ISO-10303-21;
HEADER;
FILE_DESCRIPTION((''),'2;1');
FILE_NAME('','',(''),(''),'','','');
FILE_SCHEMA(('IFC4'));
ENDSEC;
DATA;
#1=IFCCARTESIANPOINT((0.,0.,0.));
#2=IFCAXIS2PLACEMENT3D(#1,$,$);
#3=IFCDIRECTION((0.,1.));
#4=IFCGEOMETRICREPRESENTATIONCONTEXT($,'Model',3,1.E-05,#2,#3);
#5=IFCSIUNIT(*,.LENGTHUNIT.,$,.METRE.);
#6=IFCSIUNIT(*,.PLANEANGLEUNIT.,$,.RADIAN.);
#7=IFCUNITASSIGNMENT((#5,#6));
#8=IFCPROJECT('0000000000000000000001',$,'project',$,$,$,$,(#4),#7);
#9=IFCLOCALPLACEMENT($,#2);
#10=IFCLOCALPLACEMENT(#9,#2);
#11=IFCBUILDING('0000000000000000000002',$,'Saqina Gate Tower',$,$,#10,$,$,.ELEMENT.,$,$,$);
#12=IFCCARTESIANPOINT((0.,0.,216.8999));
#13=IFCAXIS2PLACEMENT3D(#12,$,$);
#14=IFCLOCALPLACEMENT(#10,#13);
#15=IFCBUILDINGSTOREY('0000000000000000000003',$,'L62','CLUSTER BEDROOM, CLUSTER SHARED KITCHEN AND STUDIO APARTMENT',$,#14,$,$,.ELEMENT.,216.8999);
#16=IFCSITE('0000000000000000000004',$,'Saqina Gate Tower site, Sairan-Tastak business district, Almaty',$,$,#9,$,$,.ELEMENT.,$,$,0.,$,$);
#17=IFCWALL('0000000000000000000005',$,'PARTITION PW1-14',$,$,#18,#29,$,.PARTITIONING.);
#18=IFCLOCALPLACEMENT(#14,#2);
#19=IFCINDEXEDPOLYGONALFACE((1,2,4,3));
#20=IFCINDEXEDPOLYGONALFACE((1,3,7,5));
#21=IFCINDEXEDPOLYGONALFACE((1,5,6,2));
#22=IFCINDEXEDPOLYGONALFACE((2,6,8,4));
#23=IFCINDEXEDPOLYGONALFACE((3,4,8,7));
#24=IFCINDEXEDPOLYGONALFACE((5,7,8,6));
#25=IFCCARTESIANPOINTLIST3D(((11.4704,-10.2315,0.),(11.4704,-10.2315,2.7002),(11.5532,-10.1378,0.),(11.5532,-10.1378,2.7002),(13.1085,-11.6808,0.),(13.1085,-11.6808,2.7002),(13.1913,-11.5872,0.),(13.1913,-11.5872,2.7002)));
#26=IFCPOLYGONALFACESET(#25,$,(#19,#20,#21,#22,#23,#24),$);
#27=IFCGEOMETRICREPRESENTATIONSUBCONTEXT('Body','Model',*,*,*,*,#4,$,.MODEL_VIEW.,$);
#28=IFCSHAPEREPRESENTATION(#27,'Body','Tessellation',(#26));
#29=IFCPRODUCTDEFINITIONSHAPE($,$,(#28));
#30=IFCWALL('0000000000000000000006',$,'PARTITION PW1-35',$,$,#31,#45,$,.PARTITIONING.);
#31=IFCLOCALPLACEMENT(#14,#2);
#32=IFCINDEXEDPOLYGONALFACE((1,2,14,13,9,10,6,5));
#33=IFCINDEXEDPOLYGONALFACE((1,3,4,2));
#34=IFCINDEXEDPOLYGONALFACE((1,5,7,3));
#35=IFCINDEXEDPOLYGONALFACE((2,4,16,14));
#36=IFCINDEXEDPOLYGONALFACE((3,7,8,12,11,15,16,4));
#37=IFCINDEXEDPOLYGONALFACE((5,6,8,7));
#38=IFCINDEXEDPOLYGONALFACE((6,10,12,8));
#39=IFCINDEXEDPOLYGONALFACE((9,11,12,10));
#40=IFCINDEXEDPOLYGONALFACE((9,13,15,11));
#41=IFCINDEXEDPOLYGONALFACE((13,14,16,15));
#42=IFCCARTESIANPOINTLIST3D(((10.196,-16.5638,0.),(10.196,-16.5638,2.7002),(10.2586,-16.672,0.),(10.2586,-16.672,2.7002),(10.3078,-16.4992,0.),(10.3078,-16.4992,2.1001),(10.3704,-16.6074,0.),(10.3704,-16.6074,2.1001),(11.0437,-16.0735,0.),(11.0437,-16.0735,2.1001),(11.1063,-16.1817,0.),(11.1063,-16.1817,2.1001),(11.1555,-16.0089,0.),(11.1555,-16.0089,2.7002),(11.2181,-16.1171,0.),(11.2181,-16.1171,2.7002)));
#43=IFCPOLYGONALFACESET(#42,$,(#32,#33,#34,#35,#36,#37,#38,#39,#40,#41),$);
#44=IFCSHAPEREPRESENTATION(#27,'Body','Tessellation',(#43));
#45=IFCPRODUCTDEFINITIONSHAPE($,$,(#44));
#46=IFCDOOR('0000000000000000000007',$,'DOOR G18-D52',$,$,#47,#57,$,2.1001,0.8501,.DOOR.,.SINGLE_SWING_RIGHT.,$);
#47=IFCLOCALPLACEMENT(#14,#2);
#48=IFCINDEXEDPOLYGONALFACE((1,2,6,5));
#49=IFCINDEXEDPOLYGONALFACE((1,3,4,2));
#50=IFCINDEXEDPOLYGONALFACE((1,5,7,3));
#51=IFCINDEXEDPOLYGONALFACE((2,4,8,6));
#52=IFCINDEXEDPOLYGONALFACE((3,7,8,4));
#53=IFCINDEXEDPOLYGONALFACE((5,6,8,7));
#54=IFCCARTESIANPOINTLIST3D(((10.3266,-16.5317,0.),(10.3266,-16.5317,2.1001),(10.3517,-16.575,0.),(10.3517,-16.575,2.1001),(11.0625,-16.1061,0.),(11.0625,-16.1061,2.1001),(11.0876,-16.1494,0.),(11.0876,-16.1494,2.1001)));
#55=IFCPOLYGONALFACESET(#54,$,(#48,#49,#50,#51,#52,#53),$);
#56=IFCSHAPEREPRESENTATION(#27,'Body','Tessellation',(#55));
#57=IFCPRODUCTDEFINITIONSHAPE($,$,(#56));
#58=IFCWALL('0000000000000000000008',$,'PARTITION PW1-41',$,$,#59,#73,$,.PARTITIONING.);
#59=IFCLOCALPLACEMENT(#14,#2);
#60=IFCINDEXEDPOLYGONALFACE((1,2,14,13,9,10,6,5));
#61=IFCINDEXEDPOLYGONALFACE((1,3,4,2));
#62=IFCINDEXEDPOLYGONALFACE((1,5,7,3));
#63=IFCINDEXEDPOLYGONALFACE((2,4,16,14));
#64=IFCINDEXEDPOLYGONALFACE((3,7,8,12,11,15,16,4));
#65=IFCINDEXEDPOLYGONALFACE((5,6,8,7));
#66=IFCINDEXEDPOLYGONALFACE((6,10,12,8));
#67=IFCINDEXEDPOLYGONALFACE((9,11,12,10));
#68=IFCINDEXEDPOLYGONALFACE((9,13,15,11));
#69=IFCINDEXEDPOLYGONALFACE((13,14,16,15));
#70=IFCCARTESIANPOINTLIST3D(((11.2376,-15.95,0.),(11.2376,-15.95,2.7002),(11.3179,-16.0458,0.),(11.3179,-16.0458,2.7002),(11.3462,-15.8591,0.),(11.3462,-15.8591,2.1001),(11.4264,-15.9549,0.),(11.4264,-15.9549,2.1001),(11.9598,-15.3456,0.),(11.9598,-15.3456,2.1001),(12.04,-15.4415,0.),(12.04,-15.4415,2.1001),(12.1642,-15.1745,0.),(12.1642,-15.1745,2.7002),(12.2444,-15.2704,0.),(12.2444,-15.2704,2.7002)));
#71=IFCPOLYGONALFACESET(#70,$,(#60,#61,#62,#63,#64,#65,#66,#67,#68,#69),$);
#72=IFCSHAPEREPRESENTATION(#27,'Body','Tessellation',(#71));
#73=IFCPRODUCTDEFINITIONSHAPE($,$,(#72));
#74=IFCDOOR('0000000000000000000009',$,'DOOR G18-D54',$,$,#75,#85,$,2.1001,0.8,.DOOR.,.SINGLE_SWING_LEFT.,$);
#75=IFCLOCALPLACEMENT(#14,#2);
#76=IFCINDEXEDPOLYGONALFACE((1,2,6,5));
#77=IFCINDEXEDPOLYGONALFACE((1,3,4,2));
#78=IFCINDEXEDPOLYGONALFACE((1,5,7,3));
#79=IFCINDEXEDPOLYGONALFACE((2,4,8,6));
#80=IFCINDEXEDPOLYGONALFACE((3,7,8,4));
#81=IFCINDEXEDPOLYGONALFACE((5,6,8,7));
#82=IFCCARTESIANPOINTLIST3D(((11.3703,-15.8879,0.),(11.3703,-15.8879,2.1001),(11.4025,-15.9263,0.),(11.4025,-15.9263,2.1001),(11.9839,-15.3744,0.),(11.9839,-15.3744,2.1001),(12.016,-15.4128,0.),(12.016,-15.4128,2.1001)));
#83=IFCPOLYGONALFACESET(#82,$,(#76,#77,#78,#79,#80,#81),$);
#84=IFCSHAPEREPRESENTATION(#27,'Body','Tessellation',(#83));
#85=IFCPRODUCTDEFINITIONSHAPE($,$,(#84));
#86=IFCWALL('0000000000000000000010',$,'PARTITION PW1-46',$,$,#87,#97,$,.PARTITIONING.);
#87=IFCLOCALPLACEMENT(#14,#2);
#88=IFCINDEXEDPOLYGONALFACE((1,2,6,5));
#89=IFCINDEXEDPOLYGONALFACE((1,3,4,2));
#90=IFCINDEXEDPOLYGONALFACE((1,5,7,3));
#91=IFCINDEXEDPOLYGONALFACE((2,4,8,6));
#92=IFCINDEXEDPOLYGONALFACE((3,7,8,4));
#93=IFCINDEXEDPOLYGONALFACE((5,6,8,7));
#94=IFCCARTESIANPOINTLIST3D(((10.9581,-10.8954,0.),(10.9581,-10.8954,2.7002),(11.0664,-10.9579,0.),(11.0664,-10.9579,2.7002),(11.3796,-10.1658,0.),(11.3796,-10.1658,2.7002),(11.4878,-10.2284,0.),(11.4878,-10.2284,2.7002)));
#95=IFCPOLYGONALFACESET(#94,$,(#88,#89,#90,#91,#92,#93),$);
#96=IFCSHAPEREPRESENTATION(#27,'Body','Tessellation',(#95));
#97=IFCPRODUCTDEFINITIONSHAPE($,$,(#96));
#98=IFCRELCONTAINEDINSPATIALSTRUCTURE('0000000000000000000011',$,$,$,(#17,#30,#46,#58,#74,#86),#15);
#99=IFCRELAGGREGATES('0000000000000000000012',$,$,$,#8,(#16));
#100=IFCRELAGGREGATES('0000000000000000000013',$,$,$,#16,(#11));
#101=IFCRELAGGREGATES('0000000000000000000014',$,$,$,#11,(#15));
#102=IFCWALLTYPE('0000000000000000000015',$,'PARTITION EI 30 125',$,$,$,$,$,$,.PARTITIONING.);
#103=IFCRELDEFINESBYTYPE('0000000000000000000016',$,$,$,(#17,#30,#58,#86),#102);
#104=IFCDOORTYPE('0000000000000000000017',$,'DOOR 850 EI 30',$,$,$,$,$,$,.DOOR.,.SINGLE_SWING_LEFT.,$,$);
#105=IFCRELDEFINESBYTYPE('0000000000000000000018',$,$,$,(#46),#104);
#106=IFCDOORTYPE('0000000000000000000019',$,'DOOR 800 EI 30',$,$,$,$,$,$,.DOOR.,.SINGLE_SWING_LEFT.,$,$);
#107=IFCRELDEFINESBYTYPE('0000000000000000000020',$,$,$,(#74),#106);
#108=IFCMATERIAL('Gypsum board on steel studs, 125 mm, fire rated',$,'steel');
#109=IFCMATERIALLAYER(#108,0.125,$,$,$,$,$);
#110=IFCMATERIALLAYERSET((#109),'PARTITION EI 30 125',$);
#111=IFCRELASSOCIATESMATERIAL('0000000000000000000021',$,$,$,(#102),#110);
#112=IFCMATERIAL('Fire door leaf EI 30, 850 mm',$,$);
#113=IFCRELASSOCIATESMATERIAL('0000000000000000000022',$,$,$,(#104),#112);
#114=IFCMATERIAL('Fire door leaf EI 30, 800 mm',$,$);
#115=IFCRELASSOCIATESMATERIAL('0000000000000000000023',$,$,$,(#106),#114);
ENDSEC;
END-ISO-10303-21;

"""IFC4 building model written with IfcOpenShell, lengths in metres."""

from ifc_helpers import new_model, si_unit, direction, frame, frame_2d, origin, place, context, subcontext, project, spatial, rectangle, extrude, material, layer, layer_set, type_object, element, fill, save


model = new_model("IFC4")

# Units and contexts
model_context = context("Model", 3, precision=1e-05, world=origin(), true_north=direction((0.0, 1.0)))
body_context = subcontext(model_context, "Body", "Model", "MODEL_VIEW")
ifc_project = project(units=[si_unit("LENGTHUNIT", "METRE"), si_unit("PLANEANGLEUNIT", "RADIAN")], contexts=[model_context])

# Site, building, storey
site_placement = place(None, origin())
site = spatial("IfcSite", under=ifc_project, at=site_placement, Name="Saqina Gate Tower site, Sairan-Tastak business district, Almaty", CompositionType="ELEMENT", RefElevation=0.0)
building_placement = place(site_placement, origin())
building = spatial("IfcBuilding", under=site, at=building_placement, Name="Saqina Gate Tower", CompositionType="ELEMENT")
storey_placement = place(building_placement, frame((0.0, 0.0, 216.8999)))
storey = spatial("IfcBuildingStorey", under=building, at=storey_placement, Name="L62", Description="CLUSTER BEDROOM, CLUSTER SHARED KITCHEN AND STUDIO APARTMENT", CompositionType="ELEMENT", Elevation=216.8999)

# Wall
ifc_material_1 = material(Name="Gypsum board on steel studs, 125 mm, fire rated", Category="steel")
ifc_layer_1 = layer(ifc_material_1, 0.125)
ifc_layer_set_1 = layer_set([ifc_layer_1], Name="PARTITION EI 30 125")
wall_type_1 = type_object("IfcWallType", Name="PARTITION EI 30 125", PredefinedType="PARTITIONING", material=ifc_layer_set_1)
wall_1_placement = place(storey_placement, frame((11.5117, -10.1846, 0.0), z_axis=(0.0, 0.0, 1.0), x_axis=(0.748928, -0.662651, 0.0)))
element("IfcWall", 1, at=wall_1_placement, inside=storey, type_object=wall_type_1, Name="PARTITION PW1-14", PredefinedType="PARTITIONING", context=body_context, shape_type="SweptSolid", body=[
    extrude(rectangle(XDim=2.1873, YDim=0.125, at=frame_2d((1.0938, 0.0))), origin(), (0.0, 0.0, 1.0), 2.7002),
])

# Walls, openings, doors
wall_2_placement = place(storey_placement, frame((10.2273, -16.6179, 0.0), z_axis=(0.0, 0.0, 1.0), x_axis=(0.865642, 0.500663, 0.0)))
wall_2 = element("IfcWall", 2, at=wall_2_placement, inside=storey, type_object=wall_type_1, Name="PARTITION PW1-35", PredefinedType="PARTITIONING", context=body_context, shape_type="SweptSolid", body=[
    extrude(rectangle(XDim=1.1084, YDim=0.125, at=frame_2d((0.5542, 0.0))), origin(), (0.0, 0.0, 1.0), 2.7002),
])
opening_1_placement = place(wall_2_placement, frame((0.1292, 0.0, 0.0)))
opening_1 = element("IfcOpeningElement", 3, at=opening_1_placement, cuts=wall_2, PredefinedType="OPENING", context=body_context, shape_type="SweptSolid", body=[
    extrude(rectangle(XDim=0.8501, YDim=2.1001, at=frame_2d((0.425, 1.05))), frame((0.0, 0.0745, 0.0), z_axis=(0.0, -1.0, 0.0), x_axis=(1.0, 0.0, 0.0)), (0.0, 0.0, 1.0), 0.1489),
])
ifc_material_2 = material(Name="Fire door leaf EI 30, 850 mm")
door_type_1 = type_object("IfcDoorType", Name="DOOR 850 EI 30", OperationType="SINGLE_SWING_LEFT", PredefinedType="DOOR", material=ifc_material_2)
door_1_placement = place(opening_1_placement, origin())
door_1 = element("IfcDoor", 4, at=door_1_placement, inside=storey, type_object=door_type_1, Name="DOOR G18-D52", OperationType="SINGLE_SWING_RIGHT", OverallHeight=2.1001, OverallWidth=0.8501, PredefinedType="DOOR", context=body_context, shape_type="SweptSolid", body=[
    extrude(rectangle(XDim=0.8501, YDim=2.1001, at=frame_2d((0.425, 1.05))), frame((0.0, 0.0249, 0.0), z_axis=(0.0, -1.0, 0.0), x_axis=(1.0, 0.0, 0.0)), (0.0, 0.0, 1.0), 0.05),
])
fill(opening_1, door_1)
wall_3_placement = place(storey_placement, frame((11.2778, -15.9978, 0.0), z_axis=(0.0, 0.0, 1.0), x_axis=(0.766878, 0.641793, 0.0)))
wall_3 = element("IfcWall", 5, at=wall_3_placement, inside=storey, type_object=wall_type_1, Name="PARTITION PW1-41", PredefinedType="PARTITIONING", context=body_context, shape_type="SweptSolid", body=[
    extrude(rectangle(XDim=1.2083, YDim=0.125, at=frame_2d((0.604, 0.0))), origin(), (0.0, 0.0, 1.0), 2.7002),
])
opening_2_placement = place(wall_3_placement, frame((0.1416, 0.0, 0.0)))
opening_2 = element("IfcOpeningElement", 6, at=opening_2_placement, cuts=wall_3, PredefinedType="OPENING", context=body_context, shape_type="SweptSolid", body=[
    extrude(rectangle(XDim=0.8, YDim=2.1001, at=frame_2d((0.3999, 1.05))), frame((0.0, 0.0745, 0.0), z_axis=(0.0, -1.0, 0.0), x_axis=(1.0, 0.0, 0.0)), (0.0, 0.0, 1.0), 0.1489),
])
ifc_material_3 = material(Name="Fire door leaf EI 30, 800 mm")
door_type_2 = type_object("IfcDoorType", Name="DOOR 800 EI 30", OperationType="SINGLE_SWING_LEFT", PredefinedType="DOOR", material=ifc_material_3)
door_2_placement = place(opening_2_placement, origin())
door_2 = element("IfcDoor", 7, at=door_2_placement, inside=storey, type_object=door_type_2, Name="DOOR G18-D54", OperationType="SINGLE_SWING_LEFT", OverallHeight=2.1001, OverallWidth=0.8, PredefinedType="DOOR", context=body_context, shape_type="SweptSolid", body=[
    extrude(rectangle(XDim=0.8, YDim=2.1001, at=frame_2d((0.3999, 1.05))), frame((0.0, 0.0249, 0.0), z_axis=(0.0, -1.0, 0.0), x_axis=(1.0, 0.0, 0.0)), (0.0, 0.0, 1.0), 0.05),
])
fill(opening_2, door_2)

# Wall
wall_4_placement = place(storey_placement, frame((11.0122, -10.9268, 0.0), z_axis=(0.0, 0.0, 1.0), x_axis=(0.500191, 0.865915, 0.0)))
element("IfcWall", 8, at=wall_4_placement, inside=storey, type_object=wall_type_1, Name="PARTITION PW1-46", PredefinedType="PARTITIONING", context=body_context, shape_type="SweptSolid", body=[
    extrude(rectangle(XDim=0.8425, YDim=0.125, at=frame_2d((0.4214, 0.0))), origin(), (0.0, 0.0, 1.0), 2.7002),
])

save(model, "model.ifc")
